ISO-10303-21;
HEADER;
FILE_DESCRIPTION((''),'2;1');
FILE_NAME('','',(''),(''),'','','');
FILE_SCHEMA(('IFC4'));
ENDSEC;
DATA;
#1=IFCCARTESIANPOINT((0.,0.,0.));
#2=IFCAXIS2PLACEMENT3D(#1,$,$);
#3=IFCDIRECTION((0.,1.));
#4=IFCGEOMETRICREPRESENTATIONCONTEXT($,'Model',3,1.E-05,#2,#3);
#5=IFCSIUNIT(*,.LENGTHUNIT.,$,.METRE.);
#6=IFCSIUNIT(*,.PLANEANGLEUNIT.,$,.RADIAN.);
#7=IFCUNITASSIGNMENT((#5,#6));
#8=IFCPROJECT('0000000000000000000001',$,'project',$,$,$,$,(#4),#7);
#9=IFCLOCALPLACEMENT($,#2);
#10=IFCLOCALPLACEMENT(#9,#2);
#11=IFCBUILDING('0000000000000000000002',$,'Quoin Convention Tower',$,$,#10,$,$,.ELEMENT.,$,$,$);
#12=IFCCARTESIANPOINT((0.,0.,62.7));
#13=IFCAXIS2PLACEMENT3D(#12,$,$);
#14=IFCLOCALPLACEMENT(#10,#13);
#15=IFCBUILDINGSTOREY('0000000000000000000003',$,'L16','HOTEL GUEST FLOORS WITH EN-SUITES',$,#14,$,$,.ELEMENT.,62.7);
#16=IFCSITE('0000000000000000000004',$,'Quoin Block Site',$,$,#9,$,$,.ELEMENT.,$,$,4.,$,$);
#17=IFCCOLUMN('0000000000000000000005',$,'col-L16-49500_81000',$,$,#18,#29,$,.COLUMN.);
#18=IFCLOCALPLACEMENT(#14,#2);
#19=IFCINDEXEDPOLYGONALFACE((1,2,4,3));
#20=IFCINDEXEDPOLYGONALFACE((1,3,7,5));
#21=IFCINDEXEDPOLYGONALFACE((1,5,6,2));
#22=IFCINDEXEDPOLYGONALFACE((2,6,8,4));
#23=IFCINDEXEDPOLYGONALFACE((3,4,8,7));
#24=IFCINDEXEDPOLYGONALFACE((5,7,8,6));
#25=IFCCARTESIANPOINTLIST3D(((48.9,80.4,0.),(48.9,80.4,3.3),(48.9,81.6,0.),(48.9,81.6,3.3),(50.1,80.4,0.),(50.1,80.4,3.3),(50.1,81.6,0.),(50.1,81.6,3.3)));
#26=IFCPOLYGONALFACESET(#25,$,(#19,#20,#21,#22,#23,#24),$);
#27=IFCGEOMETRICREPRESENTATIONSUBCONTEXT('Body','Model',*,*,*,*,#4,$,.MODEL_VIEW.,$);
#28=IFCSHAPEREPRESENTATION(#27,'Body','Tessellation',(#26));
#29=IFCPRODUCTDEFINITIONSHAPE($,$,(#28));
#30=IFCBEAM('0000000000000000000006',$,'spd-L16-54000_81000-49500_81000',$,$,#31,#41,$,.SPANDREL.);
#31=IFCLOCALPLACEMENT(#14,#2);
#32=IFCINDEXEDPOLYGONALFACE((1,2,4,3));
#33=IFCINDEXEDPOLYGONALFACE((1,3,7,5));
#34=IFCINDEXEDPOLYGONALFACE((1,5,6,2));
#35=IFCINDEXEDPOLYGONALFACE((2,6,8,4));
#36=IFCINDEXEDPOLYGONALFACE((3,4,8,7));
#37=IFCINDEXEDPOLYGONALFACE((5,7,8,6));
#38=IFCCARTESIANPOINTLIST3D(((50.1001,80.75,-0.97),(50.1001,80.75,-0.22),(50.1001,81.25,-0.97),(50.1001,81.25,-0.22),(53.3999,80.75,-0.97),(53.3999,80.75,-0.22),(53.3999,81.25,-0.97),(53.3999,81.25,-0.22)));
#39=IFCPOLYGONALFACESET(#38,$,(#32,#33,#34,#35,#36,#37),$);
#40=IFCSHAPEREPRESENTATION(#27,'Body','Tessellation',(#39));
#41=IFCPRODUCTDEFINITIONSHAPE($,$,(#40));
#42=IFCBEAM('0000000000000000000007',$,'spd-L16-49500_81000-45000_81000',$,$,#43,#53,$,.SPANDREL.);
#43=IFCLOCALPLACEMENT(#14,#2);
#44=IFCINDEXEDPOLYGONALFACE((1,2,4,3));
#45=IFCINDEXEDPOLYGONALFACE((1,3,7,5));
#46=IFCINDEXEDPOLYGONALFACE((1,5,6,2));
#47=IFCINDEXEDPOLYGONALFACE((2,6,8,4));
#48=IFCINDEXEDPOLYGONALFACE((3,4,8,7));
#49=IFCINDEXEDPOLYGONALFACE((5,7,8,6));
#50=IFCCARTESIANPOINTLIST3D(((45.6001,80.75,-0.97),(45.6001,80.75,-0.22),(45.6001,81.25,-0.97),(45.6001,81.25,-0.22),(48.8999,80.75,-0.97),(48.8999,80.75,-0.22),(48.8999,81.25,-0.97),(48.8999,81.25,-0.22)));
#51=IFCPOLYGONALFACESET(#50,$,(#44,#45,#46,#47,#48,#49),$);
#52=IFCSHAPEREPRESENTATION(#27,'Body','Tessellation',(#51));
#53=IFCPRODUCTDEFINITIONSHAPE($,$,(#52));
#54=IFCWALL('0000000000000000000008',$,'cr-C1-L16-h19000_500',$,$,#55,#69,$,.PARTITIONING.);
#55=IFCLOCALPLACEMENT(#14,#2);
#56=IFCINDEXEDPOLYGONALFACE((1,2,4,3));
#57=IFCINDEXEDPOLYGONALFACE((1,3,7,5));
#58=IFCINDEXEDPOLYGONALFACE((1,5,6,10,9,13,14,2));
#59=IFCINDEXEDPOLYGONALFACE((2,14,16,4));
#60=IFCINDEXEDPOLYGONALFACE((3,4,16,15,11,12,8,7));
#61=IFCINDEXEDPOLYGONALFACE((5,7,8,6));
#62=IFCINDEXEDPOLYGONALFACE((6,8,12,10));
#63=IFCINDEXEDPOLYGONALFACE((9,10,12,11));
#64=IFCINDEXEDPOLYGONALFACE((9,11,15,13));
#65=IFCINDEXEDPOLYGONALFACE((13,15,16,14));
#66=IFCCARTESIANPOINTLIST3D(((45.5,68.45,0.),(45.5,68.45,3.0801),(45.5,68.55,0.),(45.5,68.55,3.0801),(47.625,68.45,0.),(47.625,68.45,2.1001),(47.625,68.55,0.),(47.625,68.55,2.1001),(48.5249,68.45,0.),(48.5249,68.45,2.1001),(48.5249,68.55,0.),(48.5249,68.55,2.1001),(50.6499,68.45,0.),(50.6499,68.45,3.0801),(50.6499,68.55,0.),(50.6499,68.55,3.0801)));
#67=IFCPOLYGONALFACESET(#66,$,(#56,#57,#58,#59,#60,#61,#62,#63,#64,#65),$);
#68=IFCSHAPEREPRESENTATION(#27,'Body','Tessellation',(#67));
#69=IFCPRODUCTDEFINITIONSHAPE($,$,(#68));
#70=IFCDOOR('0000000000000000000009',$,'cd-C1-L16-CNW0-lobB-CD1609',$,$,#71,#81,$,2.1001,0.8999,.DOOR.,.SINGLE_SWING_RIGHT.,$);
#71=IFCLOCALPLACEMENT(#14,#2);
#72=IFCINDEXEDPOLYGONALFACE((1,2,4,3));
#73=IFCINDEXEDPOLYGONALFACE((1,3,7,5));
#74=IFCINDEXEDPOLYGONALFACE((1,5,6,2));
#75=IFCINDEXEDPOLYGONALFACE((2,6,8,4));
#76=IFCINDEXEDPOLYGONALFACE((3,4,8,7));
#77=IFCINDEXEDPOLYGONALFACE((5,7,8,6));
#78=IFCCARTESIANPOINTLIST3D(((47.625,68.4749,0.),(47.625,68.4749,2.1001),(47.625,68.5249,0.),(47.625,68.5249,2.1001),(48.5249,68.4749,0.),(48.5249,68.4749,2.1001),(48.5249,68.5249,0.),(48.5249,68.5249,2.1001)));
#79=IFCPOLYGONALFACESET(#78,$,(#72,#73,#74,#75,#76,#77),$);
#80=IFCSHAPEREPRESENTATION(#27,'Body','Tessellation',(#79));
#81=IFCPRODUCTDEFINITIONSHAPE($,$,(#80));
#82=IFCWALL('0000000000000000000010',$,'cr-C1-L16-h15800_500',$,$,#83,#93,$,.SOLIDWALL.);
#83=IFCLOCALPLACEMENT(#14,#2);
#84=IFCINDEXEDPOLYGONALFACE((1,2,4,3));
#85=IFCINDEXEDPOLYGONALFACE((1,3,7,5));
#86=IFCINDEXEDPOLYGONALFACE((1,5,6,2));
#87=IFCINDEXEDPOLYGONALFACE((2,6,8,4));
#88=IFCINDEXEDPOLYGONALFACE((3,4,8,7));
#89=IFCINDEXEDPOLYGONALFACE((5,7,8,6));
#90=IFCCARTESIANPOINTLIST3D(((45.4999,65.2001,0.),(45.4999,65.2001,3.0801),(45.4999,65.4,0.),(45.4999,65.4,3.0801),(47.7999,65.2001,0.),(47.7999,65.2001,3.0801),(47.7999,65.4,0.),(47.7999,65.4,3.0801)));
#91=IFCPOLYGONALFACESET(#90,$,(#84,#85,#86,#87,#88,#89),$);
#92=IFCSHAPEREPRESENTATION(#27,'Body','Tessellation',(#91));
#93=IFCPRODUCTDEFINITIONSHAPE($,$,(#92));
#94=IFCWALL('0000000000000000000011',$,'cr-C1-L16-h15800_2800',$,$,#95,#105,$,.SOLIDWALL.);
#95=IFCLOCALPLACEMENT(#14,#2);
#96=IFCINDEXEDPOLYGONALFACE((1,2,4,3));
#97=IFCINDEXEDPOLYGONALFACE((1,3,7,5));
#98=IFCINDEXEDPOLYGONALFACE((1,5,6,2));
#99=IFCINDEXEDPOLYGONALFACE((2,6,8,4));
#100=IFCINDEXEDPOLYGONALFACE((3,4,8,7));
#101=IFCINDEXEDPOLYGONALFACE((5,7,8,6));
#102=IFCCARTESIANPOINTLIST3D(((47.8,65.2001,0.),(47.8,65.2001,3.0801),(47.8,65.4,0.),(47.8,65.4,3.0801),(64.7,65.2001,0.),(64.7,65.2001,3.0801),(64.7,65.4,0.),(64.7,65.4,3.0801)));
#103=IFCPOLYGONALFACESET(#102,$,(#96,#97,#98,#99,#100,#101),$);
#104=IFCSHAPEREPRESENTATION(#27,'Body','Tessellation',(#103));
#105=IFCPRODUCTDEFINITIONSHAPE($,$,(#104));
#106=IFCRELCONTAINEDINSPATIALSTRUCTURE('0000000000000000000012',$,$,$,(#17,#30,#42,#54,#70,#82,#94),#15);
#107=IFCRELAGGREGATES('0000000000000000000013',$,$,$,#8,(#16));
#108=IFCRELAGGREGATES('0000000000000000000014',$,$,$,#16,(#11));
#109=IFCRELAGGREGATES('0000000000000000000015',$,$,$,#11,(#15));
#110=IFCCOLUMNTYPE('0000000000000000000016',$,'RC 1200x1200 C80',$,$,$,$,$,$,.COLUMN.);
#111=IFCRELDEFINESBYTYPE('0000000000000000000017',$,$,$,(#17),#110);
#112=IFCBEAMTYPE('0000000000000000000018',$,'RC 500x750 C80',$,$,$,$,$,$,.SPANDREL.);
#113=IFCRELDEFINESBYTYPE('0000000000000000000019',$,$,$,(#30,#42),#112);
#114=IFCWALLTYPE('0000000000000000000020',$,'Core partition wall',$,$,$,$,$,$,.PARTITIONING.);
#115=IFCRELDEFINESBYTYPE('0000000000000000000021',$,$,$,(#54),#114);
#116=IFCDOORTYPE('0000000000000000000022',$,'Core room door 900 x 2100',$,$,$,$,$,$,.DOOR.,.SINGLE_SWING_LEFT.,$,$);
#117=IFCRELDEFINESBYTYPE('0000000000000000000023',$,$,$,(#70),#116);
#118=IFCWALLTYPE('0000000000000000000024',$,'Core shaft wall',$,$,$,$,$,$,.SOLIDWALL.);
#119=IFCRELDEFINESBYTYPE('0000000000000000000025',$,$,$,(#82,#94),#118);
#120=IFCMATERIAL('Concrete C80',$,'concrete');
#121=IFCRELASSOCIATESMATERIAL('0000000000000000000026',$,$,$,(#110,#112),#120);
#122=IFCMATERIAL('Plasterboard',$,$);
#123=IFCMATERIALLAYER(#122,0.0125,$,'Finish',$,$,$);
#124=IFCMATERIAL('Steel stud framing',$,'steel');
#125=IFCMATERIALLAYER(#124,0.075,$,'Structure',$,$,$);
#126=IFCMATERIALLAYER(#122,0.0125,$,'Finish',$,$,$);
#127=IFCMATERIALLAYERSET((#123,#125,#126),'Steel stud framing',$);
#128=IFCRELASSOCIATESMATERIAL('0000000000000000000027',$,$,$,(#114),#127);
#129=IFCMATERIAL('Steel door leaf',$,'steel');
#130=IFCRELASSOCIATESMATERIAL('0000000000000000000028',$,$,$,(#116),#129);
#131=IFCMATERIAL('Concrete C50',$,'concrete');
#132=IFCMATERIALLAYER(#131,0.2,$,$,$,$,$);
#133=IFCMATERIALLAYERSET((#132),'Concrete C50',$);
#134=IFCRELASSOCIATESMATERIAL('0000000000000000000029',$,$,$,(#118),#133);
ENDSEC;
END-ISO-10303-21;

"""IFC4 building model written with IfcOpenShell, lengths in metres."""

from ifc_helpers import new_model, si_unit, direction, frame, frame_2d, origin, origin_2d, place, context, subcontext, project, spatial, rectangle, extrude, material, layer, layer_set, material_profile, profile_set, type_object, element, fill, save


model = new_model("IFC4")

# Units and contexts
model_context = context("Model", 3, precision=1e-05, world=origin(), true_north=direction((0.0, 1.0)))
body_context = subcontext(model_context, "Body", "Model", "MODEL_VIEW")
ifc_project = project(units=[si_unit("LENGTHUNIT", "METRE"), si_unit("PLANEANGLEUNIT", "RADIAN")], contexts=[model_context])

# Site, building, storey
site_placement = place(None, origin())
site = spatial("IfcSite", under=ifc_project, at=site_placement, Name="Quoin Block Site", CompositionType="ELEMENT", RefElevation=4.0)
building_placement = place(site_placement, origin())
building = spatial("IfcBuilding", under=site, at=building_placement, Name="Quoin Convention Tower", CompositionType="ELEMENT")
storey_placement = place(building_placement, frame((0.0, 0.0, 62.7)))
storey = spatial("IfcBuildingStorey", under=building, at=storey_placement, Name="L16", Description="HOTEL GUEST FLOORS WITH EN-SUITES", CompositionType="ELEMENT", Elevation=62.7)

# Column
ifc_material_1 = material(Name="Concrete C80", Category="concrete")
ifc_material_profile_1 = material_profile(ifc_material_1, rectangle(XDim=1.2, YDim=1.2, at=origin_2d()), Name="RC 1200x1200")
ifc_profile_set_1 = profile_set([ifc_material_profile_1], Name="Concrete C80")
column_type = type_object("IfcColumnType", Name="RC 1200x1200 C80", PredefinedType="COLUMN", material=ifc_profile_set_1)
column_placement = place(storey_placement, frame((49.5, 81.0, 0.0), z_axis=(0.0, 0.0, 1.0), x_axis=(1.0, 0.0, 0.0)))
element("IfcColumn", 1, at=column_placement, inside=storey, type_object=column_type, Name="col-L16-49500_81000", PredefinedType="COLUMN", context=body_context, shape_type="SweptSolid", body=[
    extrude(rectangle(XDim=1.2, YDim=1.2, at=origin_2d()), origin(), (0.0, 0.0, 1.0), 3.3),
])

# Beams
ifc_material_profile_2 = material_profile(ifc_material_1, rectangle(XDim=0.5, YDim=0.75, at=origin_2d()), Name="RC 500x750")
ifc_profile_set_2 = profile_set([ifc_material_profile_2], Name="Concrete C80")
beam_type = type_object("IfcBeamType", Name="RC 500x750 C80", PredefinedType="SPANDREL", material=ifc_profile_set_2)
for number, where, z_axis, x_axis, name in (
    (2, (53.3999, 81.0, -0.595), (-1.0, 0.0, 0.0), (0.0, -1.0, 0.0), "spd-L16-54000_81000-49500_81000"),
    (3, (48.8999, 81.0, -0.595), (-1.0, 0.0, 0.0), (0.0, -1.0, 0.0), "spd-L16-49500_81000-45000_81000"),
):
    element("IfcBeam", number, at=place(storey_placement, frame(where, z_axis=z_axis, x_axis=x_axis)), inside=storey, type_object=beam_type, Name=name, PredefinedType="SPANDREL", context=body_context, shape_type="SweptSolid", body=[
        extrude(rectangle(XDim=0.5, YDim=0.75, at=origin_2d()), origin(), (0.0, 0.0, 1.0), 3.2998),
    ])

# Wall, opening, door
ifc_material_2 = material(Name="Plasterboard")
ifc_layer_1 = layer(ifc_material_2, 0.0125, Name="Finish")
ifc_material_3 = material(Name="Steel stud framing", Category="steel")
ifc_layer_2 = layer(ifc_material_3, 0.075, Name="Structure")
ifc_layer_3 = layer(ifc_material_2, 0.0125, Name="Finish")
ifc_layer_set_1 = layer_set([ifc_layer_1, ifc_layer_2, ifc_layer_3], Name="Steel stud framing")
wall_type_1 = type_object("IfcWallType", Name="Core partition wall", PredefinedType="PARTITIONING", material=ifc_layer_set_1)
wall_1_placement = place(storey_placement, frame((45.5, 68.5, 0.0), z_axis=(0.0, 0.0, 1.0), x_axis=(1.0, 0.0, 0.0)))
wall_1 = element("IfcWall", 4, at=wall_1_placement, inside=storey, type_object=wall_type_1, Name="cr-C1-L16-h19000_500", PredefinedType="PARTITIONING", context=body_context, shape_type="SweptSolid", body=[
    extrude(rectangle(XDim=5.1499, YDim=0.1001, at=frame_2d((2.575, 0.0))), origin(), (0.0, 0.0, 1.0), 3.0801),
])
opening_1_placement = place(wall_1_placement, frame((2.125, 0.0, 0.0)))
opening_1 = element("IfcOpeningElement", 5, at=opening_1_placement, cuts=wall_1, PredefinedType="OPENING", context=body_context, shape_type="SweptSolid", body=[
    extrude(rectangle(XDim=0.8999, YDim=2.1001, at=frame_2d((0.45, 1.05))), frame((0.0, 0.0601, 0.0), z_axis=(0.0, -1.0, 0.0), x_axis=(1.0, 0.0, 0.0)), (0.0, 0.0, 1.0), 0.1201),
])
ifc_material_4 = material(Name="Steel door leaf", Category="steel")
door_type_1 = type_object("IfcDoorType", Name="Core room door 900 x 2100", OperationType="SINGLE_SWING_LEFT", PredefinedType="DOOR", material=ifc_material_4)
door_1_placement = place(opening_1_placement, origin())
door_1 = element("IfcDoor", 6, at=door_1_placement, inside=storey, type_object=door_type_1, Name="cd-C1-L16-CNW0-lobB-CD1609", OperationType="SINGLE_SWING_RIGHT", OverallHeight=2.1001, OverallWidth=0.8999, PredefinedType="DOOR", context=body_context, shape_type="SweptSolid", body=[
    extrude(rectangle(XDim=0.8999, YDim=2.1001, at=frame_2d((0.45, 1.05))), frame((0.0, 0.0249, 0.0), z_axis=(0.0, -1.0, 0.0), x_axis=(1.0, 0.0, 0.0)), (0.0, 0.0, 1.0), 0.05),
])
fill(opening_1, door_1)

# Walls
ifc_material_5 = material(Name="Concrete C50", Category="concrete")
ifc_layer_4 = layer(ifc_material_5, 0.2)
ifc_layer_set_2 = layer_set([ifc_layer_4], Name="Concrete C50")
wall_type_2 = type_object("IfcWallType", Name="Core shaft wall", PredefinedType="SOLIDWALL", material=ifc_layer_set_2)
wall_2_placement = place(storey_placement, frame((45.5, 65.3, 0.0), z_axis=(0.0, 0.0, 1.0), x_axis=(1.0, 0.0, 0.0)))
element("IfcWall", 7, at=wall_2_placement, inside=storey, type_object=wall_type_2, Name="cr-C1-L16-h15800_500", PredefinedType="SOLIDWALL", context=body_context, shape_type="SweptSolid", body=[
    extrude(rectangle(XDim=2.3, YDim=0.2, at=frame_2d((1.1499, 0.0))), origin(), (0.0, 0.0, 1.0), 3.0801),
])
wall_3_placement = place(storey_placement, frame((47.8, 65.3, 0.0), z_axis=(0.0, 0.0, 1.0), x_axis=(1.0, 0.0, 0.0)))
element("IfcWall", 8, at=wall_3_placement, inside=storey, type_object=wall_type_2, Name="cr-C1-L16-h15800_2800", PredefinedType="SOLIDWALL", context=body_context, shape_type="SweptSolid", body=[
    extrude(rectangle(XDim=16.8999, YDim=0.2, at=frame_2d((8.45, 0.0))), origin(), (0.0, 0.0, 1.0), 3.0801),
])

save(model, "model.ifc")
